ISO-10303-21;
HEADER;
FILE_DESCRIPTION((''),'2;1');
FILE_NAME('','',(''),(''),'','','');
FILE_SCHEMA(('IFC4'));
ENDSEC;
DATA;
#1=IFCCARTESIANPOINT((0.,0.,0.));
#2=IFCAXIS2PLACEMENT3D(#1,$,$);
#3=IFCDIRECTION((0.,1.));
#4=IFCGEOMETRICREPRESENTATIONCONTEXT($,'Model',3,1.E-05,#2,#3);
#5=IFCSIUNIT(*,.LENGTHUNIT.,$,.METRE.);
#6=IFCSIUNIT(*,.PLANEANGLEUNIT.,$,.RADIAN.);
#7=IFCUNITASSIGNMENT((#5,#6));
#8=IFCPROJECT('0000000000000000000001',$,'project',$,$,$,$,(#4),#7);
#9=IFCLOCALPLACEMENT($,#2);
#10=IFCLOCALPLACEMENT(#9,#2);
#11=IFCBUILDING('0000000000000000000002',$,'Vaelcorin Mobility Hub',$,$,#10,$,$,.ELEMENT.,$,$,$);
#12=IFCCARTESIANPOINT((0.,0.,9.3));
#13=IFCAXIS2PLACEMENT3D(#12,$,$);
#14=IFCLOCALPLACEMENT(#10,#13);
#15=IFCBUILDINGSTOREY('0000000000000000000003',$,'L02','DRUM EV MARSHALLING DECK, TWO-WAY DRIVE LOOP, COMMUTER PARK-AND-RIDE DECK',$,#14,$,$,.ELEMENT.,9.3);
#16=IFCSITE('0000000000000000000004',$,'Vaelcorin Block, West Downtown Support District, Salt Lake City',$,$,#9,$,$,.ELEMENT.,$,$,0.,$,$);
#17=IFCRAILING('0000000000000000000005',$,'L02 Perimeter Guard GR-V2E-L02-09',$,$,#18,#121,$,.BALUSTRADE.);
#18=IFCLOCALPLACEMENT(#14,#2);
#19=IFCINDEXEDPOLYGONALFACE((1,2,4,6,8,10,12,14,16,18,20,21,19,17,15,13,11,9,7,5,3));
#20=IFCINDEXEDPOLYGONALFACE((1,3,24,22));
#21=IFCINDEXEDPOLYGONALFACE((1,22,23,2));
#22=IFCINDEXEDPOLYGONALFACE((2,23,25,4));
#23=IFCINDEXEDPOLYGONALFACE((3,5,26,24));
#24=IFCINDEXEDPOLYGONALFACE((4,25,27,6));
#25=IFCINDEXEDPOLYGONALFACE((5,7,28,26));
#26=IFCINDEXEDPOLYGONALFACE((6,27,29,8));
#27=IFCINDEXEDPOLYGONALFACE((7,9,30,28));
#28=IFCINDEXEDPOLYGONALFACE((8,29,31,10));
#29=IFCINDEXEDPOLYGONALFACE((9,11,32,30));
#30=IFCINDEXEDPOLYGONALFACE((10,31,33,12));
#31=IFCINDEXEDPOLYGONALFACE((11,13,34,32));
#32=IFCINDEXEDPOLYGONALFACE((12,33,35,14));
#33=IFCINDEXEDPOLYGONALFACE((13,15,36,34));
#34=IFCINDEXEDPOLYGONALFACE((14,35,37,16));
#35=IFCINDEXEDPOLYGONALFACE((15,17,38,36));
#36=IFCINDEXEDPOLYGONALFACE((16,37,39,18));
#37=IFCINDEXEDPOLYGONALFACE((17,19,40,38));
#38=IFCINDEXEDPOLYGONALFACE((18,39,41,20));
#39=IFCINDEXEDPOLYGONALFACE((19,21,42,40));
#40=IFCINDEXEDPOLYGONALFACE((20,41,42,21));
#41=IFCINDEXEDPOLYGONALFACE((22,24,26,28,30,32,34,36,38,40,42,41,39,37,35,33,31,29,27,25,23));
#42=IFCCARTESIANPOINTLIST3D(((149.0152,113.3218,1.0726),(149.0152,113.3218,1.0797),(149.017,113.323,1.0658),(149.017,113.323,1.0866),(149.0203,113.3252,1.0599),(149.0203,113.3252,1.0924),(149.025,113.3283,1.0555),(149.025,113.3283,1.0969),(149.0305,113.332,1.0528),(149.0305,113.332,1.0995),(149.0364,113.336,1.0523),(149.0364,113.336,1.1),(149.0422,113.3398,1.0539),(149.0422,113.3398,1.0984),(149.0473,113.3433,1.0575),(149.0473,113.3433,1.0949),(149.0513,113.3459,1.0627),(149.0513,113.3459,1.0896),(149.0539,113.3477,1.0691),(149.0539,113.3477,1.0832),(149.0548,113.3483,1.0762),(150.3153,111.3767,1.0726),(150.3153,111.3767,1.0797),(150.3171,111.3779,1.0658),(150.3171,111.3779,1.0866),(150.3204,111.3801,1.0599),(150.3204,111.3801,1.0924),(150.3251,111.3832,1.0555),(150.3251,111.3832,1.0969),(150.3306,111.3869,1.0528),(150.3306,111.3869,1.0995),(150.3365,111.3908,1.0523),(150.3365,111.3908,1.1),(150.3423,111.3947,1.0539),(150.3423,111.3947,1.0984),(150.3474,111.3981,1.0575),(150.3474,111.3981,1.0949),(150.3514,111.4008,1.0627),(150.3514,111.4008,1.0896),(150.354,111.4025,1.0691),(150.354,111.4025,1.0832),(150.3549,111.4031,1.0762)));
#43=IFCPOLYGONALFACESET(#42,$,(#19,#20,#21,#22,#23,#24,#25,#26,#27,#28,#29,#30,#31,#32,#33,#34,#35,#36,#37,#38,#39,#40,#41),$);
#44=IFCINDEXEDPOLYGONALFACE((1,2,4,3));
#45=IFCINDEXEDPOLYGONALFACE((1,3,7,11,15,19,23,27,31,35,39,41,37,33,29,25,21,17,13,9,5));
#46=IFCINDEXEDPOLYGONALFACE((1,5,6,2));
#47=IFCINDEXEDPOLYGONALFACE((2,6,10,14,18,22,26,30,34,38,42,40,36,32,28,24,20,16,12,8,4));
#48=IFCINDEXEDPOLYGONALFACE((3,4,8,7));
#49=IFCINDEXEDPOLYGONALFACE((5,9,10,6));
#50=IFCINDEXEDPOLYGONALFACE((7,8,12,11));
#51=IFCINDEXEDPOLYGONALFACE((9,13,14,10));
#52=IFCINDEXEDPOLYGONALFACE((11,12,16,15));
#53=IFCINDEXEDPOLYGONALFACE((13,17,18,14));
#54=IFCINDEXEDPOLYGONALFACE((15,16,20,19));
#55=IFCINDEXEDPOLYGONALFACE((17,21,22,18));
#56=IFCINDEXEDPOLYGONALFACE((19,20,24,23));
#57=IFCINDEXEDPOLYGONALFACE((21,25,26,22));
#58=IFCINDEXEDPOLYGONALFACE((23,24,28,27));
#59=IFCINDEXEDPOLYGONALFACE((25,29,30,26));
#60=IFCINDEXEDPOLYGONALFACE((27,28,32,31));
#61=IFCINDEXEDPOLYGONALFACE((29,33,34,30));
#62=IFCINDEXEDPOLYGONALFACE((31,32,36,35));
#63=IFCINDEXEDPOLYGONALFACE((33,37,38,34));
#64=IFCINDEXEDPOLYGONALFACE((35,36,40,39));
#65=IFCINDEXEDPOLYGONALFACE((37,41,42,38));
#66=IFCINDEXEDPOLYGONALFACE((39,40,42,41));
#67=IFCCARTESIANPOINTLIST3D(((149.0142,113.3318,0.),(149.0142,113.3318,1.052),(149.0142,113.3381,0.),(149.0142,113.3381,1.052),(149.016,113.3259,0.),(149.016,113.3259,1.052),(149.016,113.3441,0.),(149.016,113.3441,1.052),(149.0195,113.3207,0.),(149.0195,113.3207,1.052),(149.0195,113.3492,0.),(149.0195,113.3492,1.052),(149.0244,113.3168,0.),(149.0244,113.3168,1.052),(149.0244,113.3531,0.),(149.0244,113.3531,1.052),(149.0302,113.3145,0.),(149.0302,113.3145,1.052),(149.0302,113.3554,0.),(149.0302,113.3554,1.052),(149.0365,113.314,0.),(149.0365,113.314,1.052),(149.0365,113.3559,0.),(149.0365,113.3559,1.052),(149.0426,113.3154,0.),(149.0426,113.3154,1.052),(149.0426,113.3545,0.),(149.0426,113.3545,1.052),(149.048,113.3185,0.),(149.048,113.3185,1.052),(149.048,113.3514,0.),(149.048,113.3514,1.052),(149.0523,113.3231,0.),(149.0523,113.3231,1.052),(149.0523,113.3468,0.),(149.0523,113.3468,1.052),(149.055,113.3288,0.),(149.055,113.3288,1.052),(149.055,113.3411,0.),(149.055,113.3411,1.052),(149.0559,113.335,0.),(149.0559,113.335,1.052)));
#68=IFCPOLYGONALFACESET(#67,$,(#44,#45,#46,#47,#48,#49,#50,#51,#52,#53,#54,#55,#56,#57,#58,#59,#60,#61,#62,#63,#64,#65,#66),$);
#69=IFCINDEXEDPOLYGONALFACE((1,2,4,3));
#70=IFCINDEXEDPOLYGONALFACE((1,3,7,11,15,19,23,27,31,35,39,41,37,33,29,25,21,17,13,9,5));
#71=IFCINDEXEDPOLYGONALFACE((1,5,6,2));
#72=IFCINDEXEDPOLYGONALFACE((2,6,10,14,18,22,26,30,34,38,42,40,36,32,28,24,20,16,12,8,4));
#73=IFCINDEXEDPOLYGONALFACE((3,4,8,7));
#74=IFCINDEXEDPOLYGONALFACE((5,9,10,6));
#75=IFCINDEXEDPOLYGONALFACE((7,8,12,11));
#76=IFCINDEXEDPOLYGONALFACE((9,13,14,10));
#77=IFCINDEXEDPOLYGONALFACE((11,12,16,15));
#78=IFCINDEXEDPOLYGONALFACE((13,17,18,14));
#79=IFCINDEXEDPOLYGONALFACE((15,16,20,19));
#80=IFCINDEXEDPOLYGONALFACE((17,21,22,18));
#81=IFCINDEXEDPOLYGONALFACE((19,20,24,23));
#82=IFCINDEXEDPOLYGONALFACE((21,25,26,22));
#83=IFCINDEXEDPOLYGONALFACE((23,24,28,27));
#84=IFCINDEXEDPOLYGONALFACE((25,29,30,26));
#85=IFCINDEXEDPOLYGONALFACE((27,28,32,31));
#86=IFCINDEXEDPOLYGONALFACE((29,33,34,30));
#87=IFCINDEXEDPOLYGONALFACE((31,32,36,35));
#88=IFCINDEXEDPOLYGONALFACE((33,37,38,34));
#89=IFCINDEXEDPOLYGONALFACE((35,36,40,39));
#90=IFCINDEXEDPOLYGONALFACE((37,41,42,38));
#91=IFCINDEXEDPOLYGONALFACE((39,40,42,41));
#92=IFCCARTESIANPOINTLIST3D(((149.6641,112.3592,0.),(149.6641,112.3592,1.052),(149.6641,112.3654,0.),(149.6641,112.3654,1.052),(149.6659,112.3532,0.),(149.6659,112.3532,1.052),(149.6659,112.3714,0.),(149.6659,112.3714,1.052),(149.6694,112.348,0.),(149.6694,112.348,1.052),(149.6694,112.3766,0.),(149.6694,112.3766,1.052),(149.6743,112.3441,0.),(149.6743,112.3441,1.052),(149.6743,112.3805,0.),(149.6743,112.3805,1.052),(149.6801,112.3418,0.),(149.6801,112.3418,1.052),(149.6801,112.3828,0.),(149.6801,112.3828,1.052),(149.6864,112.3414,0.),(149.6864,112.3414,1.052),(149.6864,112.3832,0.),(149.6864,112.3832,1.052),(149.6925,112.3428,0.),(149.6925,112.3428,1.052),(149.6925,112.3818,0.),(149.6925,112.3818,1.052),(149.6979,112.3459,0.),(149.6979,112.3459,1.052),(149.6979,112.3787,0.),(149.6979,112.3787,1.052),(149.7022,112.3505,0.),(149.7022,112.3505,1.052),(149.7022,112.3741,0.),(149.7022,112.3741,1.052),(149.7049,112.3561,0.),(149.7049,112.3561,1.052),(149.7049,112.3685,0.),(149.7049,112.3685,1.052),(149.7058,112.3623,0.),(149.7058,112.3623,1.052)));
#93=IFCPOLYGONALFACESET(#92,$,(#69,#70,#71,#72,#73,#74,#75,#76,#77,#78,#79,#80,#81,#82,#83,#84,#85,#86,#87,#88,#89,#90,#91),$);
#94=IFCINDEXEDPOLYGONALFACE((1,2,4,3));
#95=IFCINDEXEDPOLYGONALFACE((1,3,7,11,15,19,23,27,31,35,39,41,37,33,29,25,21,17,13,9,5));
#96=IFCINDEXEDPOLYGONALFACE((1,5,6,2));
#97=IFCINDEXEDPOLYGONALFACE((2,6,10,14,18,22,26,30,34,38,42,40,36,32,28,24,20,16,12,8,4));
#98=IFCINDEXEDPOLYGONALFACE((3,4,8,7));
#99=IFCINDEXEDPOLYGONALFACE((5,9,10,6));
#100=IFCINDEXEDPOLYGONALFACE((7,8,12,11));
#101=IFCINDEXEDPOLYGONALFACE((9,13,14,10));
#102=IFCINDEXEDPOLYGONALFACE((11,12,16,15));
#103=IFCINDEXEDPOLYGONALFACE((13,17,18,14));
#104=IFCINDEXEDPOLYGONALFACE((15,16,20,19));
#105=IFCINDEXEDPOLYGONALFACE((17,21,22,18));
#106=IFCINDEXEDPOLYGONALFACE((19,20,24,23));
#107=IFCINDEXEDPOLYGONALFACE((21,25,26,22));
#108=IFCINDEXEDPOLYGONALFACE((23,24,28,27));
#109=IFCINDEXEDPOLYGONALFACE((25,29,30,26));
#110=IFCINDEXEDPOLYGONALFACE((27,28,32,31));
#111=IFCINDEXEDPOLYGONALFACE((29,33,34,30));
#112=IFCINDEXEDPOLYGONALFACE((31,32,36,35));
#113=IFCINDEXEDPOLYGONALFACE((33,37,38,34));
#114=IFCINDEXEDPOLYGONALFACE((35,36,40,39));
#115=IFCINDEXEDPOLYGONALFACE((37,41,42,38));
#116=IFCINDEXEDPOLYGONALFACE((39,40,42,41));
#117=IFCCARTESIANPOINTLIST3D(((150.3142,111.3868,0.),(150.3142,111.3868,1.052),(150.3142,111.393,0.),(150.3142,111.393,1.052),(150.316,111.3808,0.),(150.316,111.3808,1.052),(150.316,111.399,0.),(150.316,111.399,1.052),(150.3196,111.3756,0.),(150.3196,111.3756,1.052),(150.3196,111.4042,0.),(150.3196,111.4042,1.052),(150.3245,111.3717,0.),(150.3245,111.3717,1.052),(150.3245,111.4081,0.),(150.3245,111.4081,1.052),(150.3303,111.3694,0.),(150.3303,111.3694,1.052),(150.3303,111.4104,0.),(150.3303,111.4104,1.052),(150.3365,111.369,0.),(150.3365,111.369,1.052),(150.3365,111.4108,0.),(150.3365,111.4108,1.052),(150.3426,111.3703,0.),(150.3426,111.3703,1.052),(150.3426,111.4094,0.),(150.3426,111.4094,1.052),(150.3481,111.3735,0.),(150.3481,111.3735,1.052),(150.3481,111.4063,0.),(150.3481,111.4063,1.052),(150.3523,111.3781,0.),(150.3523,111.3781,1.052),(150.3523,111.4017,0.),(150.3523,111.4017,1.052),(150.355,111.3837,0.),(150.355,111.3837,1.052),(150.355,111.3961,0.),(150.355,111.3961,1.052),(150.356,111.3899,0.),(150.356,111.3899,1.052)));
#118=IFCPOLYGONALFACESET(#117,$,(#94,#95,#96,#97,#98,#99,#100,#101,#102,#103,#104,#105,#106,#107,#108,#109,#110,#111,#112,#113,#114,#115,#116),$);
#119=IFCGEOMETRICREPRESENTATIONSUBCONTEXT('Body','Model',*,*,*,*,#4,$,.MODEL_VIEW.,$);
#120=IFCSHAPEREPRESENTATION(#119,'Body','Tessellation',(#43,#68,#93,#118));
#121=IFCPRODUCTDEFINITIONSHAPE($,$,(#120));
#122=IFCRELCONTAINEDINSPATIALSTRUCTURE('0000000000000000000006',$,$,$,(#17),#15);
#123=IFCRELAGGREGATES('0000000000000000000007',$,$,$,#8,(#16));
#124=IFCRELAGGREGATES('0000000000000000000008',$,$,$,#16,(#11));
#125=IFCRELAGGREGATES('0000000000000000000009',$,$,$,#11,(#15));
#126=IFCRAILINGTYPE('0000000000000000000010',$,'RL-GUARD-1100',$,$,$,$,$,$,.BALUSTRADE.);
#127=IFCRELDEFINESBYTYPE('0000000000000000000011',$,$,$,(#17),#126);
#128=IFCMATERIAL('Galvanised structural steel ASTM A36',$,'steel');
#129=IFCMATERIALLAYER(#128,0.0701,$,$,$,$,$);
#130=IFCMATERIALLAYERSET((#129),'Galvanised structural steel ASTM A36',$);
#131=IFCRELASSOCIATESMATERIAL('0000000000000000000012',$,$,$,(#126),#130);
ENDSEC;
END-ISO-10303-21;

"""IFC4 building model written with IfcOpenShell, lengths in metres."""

from ifc_helpers import new_model, si_unit, direction, frame, origin, origin_2d, place, context, subcontext, project, spatial, circle, extrude, material, layer, layer_set, type_object, element, save


model = new_model("IFC4")

# Units and contexts
model_context = context("Model", 3, precision=1e-05, world=origin(), true_north=direction((0.0, 1.0)))
body_context = subcontext(model_context, "Body", "Model", "MODEL_VIEW")
ifc_project = project(units=[si_unit("LENGTHUNIT", "METRE"), si_unit("PLANEANGLEUNIT", "RADIAN")], contexts=[model_context])

# Site, building, storey
site_placement = place(None, origin())
site = spatial("IfcSite", under=ifc_project, at=site_placement, Name="Vaelcorin Block, West Downtown Support District, Salt Lake City", CompositionType="ELEMENT", RefElevation=0.0)
building_placement = place(site_placement, origin())
building = spatial("IfcBuilding", under=site, at=building_placement, Name="Vaelcorin Mobility Hub", CompositionType="ELEMENT")
storey_placement = place(building_placement, frame((0.0, 0.0, 9.3)))
storey = spatial("IfcBuildingStorey", under=building, at=storey_placement, Name="L02", Description="DRUM EV MARSHALLING DECK, TWO-WAY DRIVE LOOP, COMMUTER PARK-AND-RIDE DECK", CompositionType="ELEMENT", Elevation=9.3)

# Railing
ifc_material_1 = material(Name="Galvanised structural steel ASTM A36", Category="steel")
ifc_layer_1 = layer(ifc_material_1, 0.0701)
ifc_layer_set_1 = layer_set([ifc_layer_1], Name="Galvanised structural steel ASTM A36")
railing_type = type_object("IfcRailingType", Name="RL-GUARD-1100", PredefinedType="BALUSTRADE", material=ifc_layer_set_1)
railing_1_placement = place(storey_placement, frame((149.0349, 113.335, 0.0)))
element("IfcRailing", 1, at=railing_1_placement, inside=storey, type_object=railing_type, Name="L02 Perimeter Guard GR-V2E-L02-09", PredefinedType="BALUSTRADE", context=body_context, shape_type="SweptSolid", body=[
    extrude(circle(Radius=0.0239, at=origin_2d()), frame((0.0, 0.0, 1.0762), z_axis=(0.555687, -0.831391, 0.0), x_axis=(0.831391, 0.555687, 0.0)), (0.0, 0.0, 1.0), 2.3396),
    extrude(circle(Radius=0.021, at=origin_2d()), origin(), (0.0, 0.0, 1.0), 1.052),
    extrude(circle(Radius=0.021, at=origin_2d()), frame((0.6499, -0.9727, 0.0)), (0.0, 0.0, 1.0), 1.052),
    extrude(circle(Radius=0.021, at=origin_2d()), frame((1.3, -1.9451, 0.0)), (0.0, 0.0, 1.0), 1.052),
])

save(model, "model.ifc")
